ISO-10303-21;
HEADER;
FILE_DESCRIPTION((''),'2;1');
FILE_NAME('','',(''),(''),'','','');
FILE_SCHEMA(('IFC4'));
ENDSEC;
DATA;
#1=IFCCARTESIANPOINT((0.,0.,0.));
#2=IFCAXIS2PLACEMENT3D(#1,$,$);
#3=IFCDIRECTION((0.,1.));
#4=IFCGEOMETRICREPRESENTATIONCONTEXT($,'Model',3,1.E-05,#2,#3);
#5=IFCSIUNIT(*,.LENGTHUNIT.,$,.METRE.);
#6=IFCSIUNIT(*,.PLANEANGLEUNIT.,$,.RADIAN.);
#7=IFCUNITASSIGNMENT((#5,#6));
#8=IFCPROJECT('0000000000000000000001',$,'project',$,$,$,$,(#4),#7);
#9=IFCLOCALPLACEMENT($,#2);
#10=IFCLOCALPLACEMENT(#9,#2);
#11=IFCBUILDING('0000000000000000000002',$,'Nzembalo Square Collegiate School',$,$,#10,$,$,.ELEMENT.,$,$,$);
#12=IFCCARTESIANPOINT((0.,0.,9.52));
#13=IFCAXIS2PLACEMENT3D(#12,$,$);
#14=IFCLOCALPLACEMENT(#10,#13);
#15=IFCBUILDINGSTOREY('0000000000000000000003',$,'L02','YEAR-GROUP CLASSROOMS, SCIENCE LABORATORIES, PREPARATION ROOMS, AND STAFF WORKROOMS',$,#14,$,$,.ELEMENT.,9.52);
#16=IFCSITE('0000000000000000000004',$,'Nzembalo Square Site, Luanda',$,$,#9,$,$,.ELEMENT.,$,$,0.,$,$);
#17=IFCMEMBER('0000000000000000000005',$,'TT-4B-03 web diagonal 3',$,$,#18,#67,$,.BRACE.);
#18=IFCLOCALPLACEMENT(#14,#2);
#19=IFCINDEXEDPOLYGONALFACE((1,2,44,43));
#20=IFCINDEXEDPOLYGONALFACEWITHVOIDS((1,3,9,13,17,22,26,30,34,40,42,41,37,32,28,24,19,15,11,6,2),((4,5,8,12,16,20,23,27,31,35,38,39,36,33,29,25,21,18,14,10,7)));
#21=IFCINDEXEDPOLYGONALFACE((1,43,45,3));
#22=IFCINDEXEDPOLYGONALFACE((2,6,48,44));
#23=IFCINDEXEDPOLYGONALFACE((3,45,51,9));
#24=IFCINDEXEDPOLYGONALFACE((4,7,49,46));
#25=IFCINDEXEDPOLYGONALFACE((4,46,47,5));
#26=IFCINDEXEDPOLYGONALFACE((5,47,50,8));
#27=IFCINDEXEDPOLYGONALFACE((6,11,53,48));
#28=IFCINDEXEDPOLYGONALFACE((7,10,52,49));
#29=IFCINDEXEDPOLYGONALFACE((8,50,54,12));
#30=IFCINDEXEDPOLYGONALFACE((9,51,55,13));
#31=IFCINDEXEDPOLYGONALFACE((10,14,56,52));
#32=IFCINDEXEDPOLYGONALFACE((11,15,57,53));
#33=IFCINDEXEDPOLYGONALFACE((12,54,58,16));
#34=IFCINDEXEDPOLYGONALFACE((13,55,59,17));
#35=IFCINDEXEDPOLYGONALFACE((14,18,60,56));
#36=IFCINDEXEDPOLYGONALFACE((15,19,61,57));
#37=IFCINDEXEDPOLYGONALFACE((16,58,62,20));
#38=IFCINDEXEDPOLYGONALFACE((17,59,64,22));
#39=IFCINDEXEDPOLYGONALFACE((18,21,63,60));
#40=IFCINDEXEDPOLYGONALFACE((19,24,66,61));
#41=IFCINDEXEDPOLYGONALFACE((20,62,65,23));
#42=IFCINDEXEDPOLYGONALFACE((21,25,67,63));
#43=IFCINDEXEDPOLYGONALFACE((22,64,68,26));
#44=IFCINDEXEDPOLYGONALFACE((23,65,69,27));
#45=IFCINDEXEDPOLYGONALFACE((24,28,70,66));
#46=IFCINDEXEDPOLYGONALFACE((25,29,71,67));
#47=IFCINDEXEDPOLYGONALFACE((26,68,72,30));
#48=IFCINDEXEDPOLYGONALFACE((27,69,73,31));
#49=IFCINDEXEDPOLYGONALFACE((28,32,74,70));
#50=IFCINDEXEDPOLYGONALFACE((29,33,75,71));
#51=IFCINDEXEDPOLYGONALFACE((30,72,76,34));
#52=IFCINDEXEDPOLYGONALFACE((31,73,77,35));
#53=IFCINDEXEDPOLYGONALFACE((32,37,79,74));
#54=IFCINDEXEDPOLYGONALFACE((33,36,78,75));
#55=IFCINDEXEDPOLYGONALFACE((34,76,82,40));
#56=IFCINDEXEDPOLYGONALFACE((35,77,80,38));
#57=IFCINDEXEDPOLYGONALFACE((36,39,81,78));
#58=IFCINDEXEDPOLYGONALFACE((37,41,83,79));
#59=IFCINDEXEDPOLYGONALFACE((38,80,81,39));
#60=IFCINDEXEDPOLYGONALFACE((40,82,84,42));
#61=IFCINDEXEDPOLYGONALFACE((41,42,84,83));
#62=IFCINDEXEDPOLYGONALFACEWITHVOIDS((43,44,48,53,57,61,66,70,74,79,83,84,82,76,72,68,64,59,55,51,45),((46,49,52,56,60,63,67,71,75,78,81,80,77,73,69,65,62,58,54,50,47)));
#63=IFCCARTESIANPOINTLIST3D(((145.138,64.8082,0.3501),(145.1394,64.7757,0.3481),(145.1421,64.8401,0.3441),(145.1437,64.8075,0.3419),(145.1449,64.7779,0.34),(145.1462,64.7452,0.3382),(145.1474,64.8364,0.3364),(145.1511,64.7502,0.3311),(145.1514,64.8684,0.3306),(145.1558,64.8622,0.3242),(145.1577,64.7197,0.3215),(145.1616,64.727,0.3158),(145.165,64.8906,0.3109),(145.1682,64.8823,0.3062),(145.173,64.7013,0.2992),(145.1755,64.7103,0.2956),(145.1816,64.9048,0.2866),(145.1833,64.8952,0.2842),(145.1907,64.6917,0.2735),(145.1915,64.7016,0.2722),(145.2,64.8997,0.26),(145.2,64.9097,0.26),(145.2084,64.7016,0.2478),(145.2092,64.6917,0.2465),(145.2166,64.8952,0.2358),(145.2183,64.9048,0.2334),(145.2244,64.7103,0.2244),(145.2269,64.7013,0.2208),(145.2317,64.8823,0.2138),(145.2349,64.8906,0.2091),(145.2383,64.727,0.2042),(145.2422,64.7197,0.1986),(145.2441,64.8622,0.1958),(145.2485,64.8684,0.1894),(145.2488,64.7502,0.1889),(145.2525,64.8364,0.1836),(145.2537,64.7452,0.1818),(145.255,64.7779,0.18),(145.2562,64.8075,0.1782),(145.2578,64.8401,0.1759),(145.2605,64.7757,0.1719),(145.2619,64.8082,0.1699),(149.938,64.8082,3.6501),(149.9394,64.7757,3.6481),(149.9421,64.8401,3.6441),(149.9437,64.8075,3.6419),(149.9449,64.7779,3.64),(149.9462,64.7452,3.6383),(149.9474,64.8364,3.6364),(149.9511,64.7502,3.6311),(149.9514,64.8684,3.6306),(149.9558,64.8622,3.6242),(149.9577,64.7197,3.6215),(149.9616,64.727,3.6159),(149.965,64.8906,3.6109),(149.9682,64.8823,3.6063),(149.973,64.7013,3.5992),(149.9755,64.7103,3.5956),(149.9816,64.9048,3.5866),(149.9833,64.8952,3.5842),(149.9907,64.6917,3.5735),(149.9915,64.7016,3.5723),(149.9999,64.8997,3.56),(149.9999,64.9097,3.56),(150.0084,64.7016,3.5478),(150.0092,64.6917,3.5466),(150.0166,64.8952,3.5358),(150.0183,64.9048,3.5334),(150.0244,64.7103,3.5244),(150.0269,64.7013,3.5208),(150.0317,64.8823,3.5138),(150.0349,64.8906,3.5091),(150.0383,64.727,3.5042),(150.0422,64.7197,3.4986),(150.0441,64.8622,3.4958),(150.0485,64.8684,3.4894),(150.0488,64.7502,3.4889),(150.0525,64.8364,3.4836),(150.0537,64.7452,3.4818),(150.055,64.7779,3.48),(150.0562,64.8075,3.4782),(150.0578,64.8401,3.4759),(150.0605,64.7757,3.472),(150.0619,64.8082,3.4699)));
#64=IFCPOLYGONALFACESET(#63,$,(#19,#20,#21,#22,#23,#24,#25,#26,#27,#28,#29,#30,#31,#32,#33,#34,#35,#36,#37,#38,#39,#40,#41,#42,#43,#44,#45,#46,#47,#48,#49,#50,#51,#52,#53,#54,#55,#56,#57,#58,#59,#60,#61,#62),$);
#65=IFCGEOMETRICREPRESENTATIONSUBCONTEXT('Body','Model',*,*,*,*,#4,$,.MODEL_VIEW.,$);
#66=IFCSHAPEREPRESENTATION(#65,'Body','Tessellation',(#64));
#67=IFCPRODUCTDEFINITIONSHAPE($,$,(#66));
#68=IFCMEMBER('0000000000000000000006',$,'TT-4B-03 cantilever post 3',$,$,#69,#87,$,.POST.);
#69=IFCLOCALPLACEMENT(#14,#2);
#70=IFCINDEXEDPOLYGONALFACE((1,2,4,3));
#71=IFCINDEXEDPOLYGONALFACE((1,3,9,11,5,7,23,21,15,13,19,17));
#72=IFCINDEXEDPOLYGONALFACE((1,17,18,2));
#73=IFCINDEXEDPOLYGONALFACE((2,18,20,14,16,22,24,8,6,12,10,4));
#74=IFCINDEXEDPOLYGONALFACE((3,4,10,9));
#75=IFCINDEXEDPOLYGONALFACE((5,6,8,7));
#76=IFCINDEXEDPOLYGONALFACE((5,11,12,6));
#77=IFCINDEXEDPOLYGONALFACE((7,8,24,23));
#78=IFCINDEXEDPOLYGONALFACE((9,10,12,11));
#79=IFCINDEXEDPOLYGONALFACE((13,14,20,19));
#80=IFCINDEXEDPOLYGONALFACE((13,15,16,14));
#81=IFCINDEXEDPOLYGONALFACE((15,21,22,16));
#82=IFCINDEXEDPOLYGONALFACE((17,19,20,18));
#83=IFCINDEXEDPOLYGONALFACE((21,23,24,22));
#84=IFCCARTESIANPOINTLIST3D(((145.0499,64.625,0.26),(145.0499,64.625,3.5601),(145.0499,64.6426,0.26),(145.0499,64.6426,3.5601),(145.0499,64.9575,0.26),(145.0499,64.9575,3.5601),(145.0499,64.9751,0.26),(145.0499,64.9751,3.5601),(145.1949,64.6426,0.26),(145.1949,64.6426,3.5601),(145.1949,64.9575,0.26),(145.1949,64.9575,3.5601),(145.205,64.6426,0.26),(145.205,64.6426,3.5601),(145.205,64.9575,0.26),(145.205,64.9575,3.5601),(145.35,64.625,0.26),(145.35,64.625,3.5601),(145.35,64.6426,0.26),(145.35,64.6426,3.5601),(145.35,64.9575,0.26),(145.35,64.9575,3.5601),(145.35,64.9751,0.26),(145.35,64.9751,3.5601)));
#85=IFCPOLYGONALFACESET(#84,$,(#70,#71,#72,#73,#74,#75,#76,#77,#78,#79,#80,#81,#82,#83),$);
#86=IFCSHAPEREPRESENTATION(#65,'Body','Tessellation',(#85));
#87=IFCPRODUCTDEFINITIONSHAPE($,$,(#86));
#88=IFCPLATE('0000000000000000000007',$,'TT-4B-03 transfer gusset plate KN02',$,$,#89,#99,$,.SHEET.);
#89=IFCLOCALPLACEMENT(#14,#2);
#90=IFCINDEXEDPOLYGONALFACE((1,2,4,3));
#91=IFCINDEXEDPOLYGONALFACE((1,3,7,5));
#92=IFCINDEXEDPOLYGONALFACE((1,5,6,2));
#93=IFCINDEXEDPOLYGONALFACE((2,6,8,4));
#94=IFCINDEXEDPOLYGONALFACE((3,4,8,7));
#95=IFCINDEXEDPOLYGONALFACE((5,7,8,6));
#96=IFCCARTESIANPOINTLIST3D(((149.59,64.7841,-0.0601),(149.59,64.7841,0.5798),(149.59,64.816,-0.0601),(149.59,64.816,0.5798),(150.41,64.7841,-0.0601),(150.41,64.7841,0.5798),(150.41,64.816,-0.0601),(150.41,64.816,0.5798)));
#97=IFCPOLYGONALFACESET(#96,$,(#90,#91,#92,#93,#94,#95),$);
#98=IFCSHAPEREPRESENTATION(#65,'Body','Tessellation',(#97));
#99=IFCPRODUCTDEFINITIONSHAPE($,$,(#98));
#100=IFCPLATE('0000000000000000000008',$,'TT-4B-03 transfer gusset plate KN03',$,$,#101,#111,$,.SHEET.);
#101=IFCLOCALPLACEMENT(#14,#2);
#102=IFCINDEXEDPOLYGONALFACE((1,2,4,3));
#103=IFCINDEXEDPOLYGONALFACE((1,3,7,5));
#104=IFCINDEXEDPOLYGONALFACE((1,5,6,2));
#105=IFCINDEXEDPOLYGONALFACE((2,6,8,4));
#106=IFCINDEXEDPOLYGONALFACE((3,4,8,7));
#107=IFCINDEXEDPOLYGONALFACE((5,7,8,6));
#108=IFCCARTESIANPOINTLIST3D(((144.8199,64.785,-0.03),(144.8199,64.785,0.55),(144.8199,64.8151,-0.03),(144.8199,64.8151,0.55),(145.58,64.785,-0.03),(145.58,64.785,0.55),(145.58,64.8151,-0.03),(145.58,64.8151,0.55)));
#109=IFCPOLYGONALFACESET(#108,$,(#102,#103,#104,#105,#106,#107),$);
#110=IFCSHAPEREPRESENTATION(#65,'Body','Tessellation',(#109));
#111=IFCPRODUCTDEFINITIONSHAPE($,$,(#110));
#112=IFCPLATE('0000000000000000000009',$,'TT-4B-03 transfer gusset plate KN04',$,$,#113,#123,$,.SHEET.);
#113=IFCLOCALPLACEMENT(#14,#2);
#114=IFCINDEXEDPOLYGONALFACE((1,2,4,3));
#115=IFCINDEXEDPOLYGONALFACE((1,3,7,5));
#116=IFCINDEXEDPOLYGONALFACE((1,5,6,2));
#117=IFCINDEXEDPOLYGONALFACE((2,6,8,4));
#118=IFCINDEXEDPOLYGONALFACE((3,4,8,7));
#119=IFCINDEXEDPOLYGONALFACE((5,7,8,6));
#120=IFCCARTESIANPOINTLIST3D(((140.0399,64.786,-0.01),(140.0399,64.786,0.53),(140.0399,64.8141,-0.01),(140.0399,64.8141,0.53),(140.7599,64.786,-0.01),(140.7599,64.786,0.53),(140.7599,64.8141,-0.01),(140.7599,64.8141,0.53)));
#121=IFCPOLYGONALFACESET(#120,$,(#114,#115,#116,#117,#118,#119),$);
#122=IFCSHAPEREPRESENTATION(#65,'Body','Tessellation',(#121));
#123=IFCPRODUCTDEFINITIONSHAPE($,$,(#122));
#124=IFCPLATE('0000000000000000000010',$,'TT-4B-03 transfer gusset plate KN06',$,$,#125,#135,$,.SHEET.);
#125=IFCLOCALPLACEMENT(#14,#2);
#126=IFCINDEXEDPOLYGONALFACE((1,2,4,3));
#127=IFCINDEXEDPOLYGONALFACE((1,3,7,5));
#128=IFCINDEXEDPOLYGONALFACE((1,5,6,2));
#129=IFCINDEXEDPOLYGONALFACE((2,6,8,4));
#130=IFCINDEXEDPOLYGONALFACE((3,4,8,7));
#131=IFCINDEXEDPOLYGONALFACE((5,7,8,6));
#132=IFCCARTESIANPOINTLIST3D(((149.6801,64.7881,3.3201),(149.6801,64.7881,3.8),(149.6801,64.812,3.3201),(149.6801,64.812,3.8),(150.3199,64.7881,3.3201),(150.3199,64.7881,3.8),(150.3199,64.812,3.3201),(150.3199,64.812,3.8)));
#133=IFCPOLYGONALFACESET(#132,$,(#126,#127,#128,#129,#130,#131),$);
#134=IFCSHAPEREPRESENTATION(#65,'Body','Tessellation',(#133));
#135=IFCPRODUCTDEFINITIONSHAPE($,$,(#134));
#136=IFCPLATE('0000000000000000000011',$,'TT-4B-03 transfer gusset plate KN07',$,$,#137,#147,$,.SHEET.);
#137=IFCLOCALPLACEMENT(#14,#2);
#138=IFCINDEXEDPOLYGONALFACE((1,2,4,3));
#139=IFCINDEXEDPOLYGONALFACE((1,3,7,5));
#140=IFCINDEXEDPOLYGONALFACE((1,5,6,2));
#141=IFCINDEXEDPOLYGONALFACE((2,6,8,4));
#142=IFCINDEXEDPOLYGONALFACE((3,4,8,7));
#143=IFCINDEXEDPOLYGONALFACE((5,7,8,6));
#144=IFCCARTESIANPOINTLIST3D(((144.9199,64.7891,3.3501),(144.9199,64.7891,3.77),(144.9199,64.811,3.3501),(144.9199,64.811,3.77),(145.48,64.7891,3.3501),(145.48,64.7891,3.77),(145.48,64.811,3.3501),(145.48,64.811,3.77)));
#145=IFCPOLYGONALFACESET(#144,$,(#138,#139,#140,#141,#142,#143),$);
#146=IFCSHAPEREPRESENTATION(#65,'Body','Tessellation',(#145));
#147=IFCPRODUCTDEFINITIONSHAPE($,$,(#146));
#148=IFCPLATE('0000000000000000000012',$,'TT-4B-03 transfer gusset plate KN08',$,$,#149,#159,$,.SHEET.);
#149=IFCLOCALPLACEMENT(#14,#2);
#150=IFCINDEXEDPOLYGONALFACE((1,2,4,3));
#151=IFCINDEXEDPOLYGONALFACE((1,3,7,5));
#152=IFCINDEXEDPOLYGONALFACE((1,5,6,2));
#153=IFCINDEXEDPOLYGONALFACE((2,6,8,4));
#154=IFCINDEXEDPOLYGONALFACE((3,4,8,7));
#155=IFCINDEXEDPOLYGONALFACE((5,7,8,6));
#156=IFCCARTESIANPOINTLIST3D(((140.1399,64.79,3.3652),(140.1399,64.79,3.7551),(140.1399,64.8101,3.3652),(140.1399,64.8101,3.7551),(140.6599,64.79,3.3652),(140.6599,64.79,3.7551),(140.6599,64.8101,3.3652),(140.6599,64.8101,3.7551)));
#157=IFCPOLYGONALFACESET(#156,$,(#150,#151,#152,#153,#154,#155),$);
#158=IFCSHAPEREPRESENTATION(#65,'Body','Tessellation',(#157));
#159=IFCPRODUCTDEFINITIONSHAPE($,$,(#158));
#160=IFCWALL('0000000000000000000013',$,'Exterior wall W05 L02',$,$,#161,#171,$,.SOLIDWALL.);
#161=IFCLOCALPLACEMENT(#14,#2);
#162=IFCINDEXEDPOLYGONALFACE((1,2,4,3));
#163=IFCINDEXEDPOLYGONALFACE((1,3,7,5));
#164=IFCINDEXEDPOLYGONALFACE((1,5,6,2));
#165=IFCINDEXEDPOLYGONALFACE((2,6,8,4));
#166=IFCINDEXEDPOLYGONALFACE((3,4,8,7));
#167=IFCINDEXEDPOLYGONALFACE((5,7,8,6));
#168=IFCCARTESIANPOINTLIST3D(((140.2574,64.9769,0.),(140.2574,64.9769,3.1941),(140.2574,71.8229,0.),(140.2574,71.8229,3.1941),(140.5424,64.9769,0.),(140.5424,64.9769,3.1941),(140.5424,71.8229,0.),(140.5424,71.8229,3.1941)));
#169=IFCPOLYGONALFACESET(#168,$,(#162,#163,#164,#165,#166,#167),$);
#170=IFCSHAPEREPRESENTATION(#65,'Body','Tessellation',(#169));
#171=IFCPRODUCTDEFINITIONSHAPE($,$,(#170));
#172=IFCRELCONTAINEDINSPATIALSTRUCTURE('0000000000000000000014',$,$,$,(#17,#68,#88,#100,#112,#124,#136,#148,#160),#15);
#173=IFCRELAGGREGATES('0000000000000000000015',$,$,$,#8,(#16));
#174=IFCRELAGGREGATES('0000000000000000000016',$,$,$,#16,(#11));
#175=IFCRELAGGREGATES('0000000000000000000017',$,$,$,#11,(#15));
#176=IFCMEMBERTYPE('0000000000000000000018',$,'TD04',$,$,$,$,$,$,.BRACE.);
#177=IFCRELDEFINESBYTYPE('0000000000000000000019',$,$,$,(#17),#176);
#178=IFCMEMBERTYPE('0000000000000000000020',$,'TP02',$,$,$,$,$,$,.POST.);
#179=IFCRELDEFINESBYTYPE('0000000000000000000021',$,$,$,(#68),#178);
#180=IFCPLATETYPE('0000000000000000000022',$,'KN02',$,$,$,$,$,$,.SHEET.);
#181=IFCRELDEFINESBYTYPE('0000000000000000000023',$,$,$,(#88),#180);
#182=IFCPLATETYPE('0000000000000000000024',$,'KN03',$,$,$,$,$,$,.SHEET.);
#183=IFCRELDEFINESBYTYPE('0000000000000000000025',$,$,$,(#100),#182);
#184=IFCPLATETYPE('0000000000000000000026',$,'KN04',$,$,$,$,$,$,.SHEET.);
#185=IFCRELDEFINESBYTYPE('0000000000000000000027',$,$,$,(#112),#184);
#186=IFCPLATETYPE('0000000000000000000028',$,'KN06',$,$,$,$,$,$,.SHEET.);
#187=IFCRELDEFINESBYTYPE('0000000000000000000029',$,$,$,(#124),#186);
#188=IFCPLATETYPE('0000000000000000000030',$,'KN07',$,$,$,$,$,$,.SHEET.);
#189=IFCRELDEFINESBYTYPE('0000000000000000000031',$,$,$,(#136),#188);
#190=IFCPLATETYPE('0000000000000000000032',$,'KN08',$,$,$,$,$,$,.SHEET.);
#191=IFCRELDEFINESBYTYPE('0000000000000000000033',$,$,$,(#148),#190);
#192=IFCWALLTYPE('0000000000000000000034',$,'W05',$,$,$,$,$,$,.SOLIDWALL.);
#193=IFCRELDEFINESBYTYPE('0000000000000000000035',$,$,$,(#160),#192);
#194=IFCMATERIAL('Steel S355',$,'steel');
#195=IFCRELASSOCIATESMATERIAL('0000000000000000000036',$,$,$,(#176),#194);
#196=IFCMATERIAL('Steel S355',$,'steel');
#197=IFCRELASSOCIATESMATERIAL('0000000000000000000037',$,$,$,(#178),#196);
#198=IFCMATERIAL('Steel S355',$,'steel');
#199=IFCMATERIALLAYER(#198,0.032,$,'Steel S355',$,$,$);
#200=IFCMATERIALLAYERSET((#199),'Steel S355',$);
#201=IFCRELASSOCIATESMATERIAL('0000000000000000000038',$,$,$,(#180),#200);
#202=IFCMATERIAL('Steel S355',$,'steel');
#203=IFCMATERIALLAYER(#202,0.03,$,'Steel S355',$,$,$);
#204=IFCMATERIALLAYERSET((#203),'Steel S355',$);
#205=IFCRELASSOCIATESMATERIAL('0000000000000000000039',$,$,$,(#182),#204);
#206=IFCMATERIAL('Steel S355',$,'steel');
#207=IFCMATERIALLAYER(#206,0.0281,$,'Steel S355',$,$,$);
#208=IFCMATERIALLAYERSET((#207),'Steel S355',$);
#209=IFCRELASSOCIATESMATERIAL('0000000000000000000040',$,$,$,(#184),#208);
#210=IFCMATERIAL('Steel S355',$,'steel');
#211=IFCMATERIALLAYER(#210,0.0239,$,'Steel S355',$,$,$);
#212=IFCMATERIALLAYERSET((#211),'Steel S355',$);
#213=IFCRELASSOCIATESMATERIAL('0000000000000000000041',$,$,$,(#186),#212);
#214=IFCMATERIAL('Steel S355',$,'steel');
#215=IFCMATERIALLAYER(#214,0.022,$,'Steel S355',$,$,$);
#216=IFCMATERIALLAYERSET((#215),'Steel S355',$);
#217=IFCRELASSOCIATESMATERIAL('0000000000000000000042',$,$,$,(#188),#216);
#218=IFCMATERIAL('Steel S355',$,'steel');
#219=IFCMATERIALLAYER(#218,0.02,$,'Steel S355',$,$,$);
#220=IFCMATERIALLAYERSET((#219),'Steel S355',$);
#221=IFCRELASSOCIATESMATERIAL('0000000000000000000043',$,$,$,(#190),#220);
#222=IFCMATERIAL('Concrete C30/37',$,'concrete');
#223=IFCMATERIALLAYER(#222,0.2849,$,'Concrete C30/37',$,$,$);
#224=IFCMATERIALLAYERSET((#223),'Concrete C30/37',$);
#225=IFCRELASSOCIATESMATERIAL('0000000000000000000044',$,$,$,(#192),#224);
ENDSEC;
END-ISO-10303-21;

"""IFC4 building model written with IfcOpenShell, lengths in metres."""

from ifc_helpers import new_model, si_unit, direction, frame, frame_2d, origin, origin_2d, place, context, subcontext, project, spatial, rectangle, hollow_circle, i_section, extrude, material, layer, layer_set, material_profile, profile_set, type_object, element, save


model = new_model("IFC4")

# Units and contexts
model_context = context("Model", 3, precision=1e-05, world=origin(), true_north=direction((0.0, 1.0)))
body_context = subcontext(model_context, "Body", "Model", "MODEL_VIEW")
ifc_project = project(units=[si_unit("LENGTHUNIT", "METRE"), si_unit("PLANEANGLEUNIT", "RADIAN")], contexts=[model_context])

# Site, building, storey
site_placement = place(None, origin())
site = spatial("IfcSite", under=ifc_project, at=site_placement, Name="Nzembalo Square Site, Luanda", CompositionType="ELEMENT", RefElevation=0.0)
building_placement = place(site_placement, origin())
building = spatial("IfcBuilding", under=site, at=building_placement, Name="Nzembalo Square Collegiate School", CompositionType="ELEMENT")
storey_placement = place(building_placement, frame((0.0, 0.0, 9.52)))
storey = spatial("IfcBuildingStorey", under=building, at=storey_placement, Name="L02", Description="YEAR-GROUP CLASSROOMS, SCIENCE LABORATORIES, PREPARATION ROOMS, AND STAFF WORKROOMS", CompositionType="ELEMENT", Elevation=9.52)

# Members
ifc_material_1 = material(Name="Steel S355", Category="steel")
ifc_material_profile_1 = material_profile(ifc_material_1, hollow_circle(Radius=0.1096, WallThickness=0.01, at=origin_2d()), Name="CHS 219x10")
ifc_profile_set_1 = profile_set([ifc_material_profile_1], Name="Steel S355")
member_type_1 = type_object("IfcMemberType", Name="TD04", PredefinedType="BRACE", material=ifc_profile_set_1)
member_1_placement = place(storey_placement, frame((145.2, 64.8, 0.26), z_axis=(0.824041, 0.0, 0.566531), x_axis=(0.0, 1.0, 0.0)))
element("IfcMember", 1, at=member_1_placement, inside=storey, type_object=member_type_1, Name="TT-4B-03 web diagonal 3", PredefinedType="BRACE", context=body_context, shape_type="SweptSolid", body=[
    extrude(hollow_circle(Radius=0.1096, WallThickness=0.01, at=origin_2d()), origin(), (0.0, 0.0, 1.0), 5.825),
])
ifc_material_2 = material(Name="Steel S355", Category="steel")
ifc_material_profile_2 = material_profile(ifc_material_2, i_section(OverallWidth=0.3, OverallDepth=0.3501, WebThickness=0.01, FlangeThickness=0.0176, at=origin_2d()), Name="HEA 360")
ifc_profile_set_2 = profile_set([ifc_material_profile_2], Name="Steel S355")
member_type_2 = type_object("IfcMemberType", Name="TP02", PredefinedType="POST", material=ifc_profile_set_2)
member_2_placement = place(storey_placement, frame((145.2, 64.8, 0.26), z_axis=(0.0, 0.0, 1.0), x_axis=(1.0, 0.0, 0.0)))
element("IfcMember", 2, at=member_2_placement, inside=storey, type_object=member_type_2, Name="TT-4B-03 cantilever post 3", PredefinedType="POST", context=body_context, shape_type="SweptSolid", body=[
    extrude(i_section(OverallWidth=0.3, OverallDepth=0.3501, WebThickness=0.01, FlangeThickness=0.0176, at=origin_2d()), origin(), (0.0, 0.0, 1.0), 3.3),
])

# Plates
ifc_material_3 = material(Name="Steel S355", Category="steel")
ifc_layer_1 = layer(ifc_material_3, 0.032, Name="Steel S355")
ifc_layer_set_1 = layer_set([ifc_layer_1], Name="Steel S355")
plate_type_1 = type_object("IfcPlateType", Name="KN02", PredefinedType="SHEET", material=ifc_layer_set_1)
plate_1_placement = place(storey_placement, frame((150.0, 64.8, -0.0601), z_axis=(0.0, 0.0, 1.0), x_axis=(1.0, 0.0, 0.0)))
element("IfcPlate", 3, at=plate_1_placement, inside=storey, type_object=plate_type_1, Name="TT-4B-03 transfer gusset plate KN02", PredefinedType="SHEET", context=body_context, shape_type="SweptSolid", body=[
    extrude(rectangle(XDim=0.8201, YDim=0.032, at=origin_2d()), origin(), (0.0, 0.0, 1.0), 0.6399),
])
ifc_material_4 = material(Name="Steel S355", Category="steel")
ifc_layer_2 = layer(ifc_material_4, 0.03, Name="Steel S355")
ifc_layer_set_2 = layer_set([ifc_layer_2], Name="Steel S355")
plate_type_2 = type_object("IfcPlateType", Name="KN03", PredefinedType="SHEET", material=ifc_layer_set_2)
plate_2_placement = place(storey_placement, frame((145.2, 64.8, -0.03), z_axis=(0.0, 0.0, 1.0), x_axis=(1.0, 0.0, 0.0)))
element("IfcPlate", 4, at=plate_2_placement, inside=storey, type_object=plate_type_2, Name="TT-4B-03 transfer gusset plate KN03", PredefinedType="SHEET", context=body_context, shape_type="SweptSolid", body=[
    extrude(rectangle(XDim=0.76, YDim=0.03, at=origin_2d()), origin(), (0.0, 0.0, 1.0), 0.5801),
])
ifc_material_5 = material(Name="Steel S355", Category="steel")
ifc_layer_3 = layer(ifc_material_5, 0.0281, Name="Steel S355")
ifc_layer_set_3 = layer_set([ifc_layer_3], Name="Steel S355")
plate_type_3 = type_object("IfcPlateType", Name="KN04", PredefinedType="SHEET", material=ifc_layer_set_3)
plate_3_placement = place(storey_placement, frame((140.3999, 64.8, -0.01), z_axis=(0.0, 0.0, 1.0), x_axis=(1.0, 0.0, 0.0)))
element("IfcPlate", 5, at=plate_3_placement, inside=storey, type_object=plate_type_3, Name="TT-4B-03 transfer gusset plate KN04", PredefinedType="SHEET", context=body_context, shape_type="SweptSolid", body=[
    extrude(rectangle(XDim=0.72, YDim=0.0281, at=origin_2d()), origin(), (0.0, 0.0, 1.0), 0.54),
])
ifc_material_6 = material(Name="Steel S355", Category="steel")
ifc_layer_4 = layer(ifc_material_6, 0.0239, Name="Steel S355")
ifc_layer_set_4 = layer_set([ifc_layer_4], Name="Steel S355")
plate_type_4 = type_object("IfcPlateType", Name="KN06", PredefinedType="SHEET", material=ifc_layer_set_4)
plate_4_placement = place(storey_placement, frame((150.0, 64.8, 3.3201), z_axis=(0.0, 0.0, 1.0), x_axis=(1.0, 0.0, 0.0)))
element("IfcPlate", 6, at=plate_4_placement, inside=storey, type_object=plate_type_4, Name="TT-4B-03 transfer gusset plate KN06", PredefinedType="SHEET", context=body_context, shape_type="SweptSolid", body=[
    extrude(rectangle(XDim=0.6399, YDim=0.0239, at=origin_2d()), origin(), (0.0, 0.0, 1.0), 0.48),
])
ifc_material_7 = material(Name="Steel S355", Category="steel")
ifc_layer_5 = layer(ifc_material_7, 0.022, Name="Steel S355")
ifc_layer_set_5 = layer_set([ifc_layer_5], Name="Steel S355")
plate_type_5 = type_object("IfcPlateType", Name="KN07", PredefinedType="SHEET", material=ifc_layer_set_5)
plate_5_placement = place(storey_placement, frame((145.2, 64.8, 3.3501), z_axis=(0.0, 0.0, 1.0), x_axis=(1.0, 0.0, 0.0)))
element("IfcPlate", 7, at=plate_5_placement, inside=storey, type_object=plate_type_5, Name="TT-4B-03 transfer gusset plate KN07", PredefinedType="SHEET", context=body_context, shape_type="SweptSolid", body=[
    extrude(rectangle(XDim=0.5601, YDim=0.022, at=origin_2d()), origin(), (0.0, 0.0, 1.0), 0.4199),
])
ifc_material_8 = material(Name="Steel S355", Category="steel")
ifc_layer_6 = layer(ifc_material_8, 0.02, Name="Steel S355")
ifc_layer_set_6 = layer_set([ifc_layer_6], Name="Steel S355")
plate_type_6 = type_object("IfcPlateType", Name="KN08", PredefinedType="SHEET", material=ifc_layer_set_6)
plate_6_placement = place(storey_placement, frame((140.3999, 64.8, 3.3652), z_axis=(0.0, 0.0, 1.0), x_axis=(1.0, 0.0, 0.0)))
element("IfcPlate", 8, at=plate_6_placement, inside=storey, type_object=plate_type_6, Name="TT-4B-03 transfer gusset plate KN08", PredefinedType="SHEET", context=body_context, shape_type="SweptSolid", body=[
    extrude(rectangle(XDim=0.52, YDim=0.02, at=origin_2d()), origin(), (0.0, 0.0, 1.0), 0.3899),
])

# Wall
ifc_material_9 = material(Name="Concrete C30/37", Category="concrete")
ifc_layer_7 = layer(ifc_material_9, 0.2849, Name="Concrete C30/37")
ifc_layer_set_7 = layer_set([ifc_layer_7], Name="Concrete C30/37")
wall_type = type_object("IfcWallType", Name="W05", PredefinedType="SOLIDWALL", material=ifc_layer_set_7)
wall_placement = place(storey_placement, frame((140.3999, 64.9771, 0.0), z_axis=(0.0, 0.0, 1.0), x_axis=(0.0, 1.0, 0.0)))
element("IfcWall", 9, at=wall_placement, inside=storey, type_object=wall_type, Name="Exterior wall W05 L02", PredefinedType="SOLIDWALL", context=body_context, shape_type="SweptSolid", body=[
    extrude(rectangle(XDim=6.8459, YDim=0.2849, at=frame_2d((3.4229, 0.0))), origin(), (0.0, 0.0, 1.0), 3.1941),
])

save(model, "model.ifc")
